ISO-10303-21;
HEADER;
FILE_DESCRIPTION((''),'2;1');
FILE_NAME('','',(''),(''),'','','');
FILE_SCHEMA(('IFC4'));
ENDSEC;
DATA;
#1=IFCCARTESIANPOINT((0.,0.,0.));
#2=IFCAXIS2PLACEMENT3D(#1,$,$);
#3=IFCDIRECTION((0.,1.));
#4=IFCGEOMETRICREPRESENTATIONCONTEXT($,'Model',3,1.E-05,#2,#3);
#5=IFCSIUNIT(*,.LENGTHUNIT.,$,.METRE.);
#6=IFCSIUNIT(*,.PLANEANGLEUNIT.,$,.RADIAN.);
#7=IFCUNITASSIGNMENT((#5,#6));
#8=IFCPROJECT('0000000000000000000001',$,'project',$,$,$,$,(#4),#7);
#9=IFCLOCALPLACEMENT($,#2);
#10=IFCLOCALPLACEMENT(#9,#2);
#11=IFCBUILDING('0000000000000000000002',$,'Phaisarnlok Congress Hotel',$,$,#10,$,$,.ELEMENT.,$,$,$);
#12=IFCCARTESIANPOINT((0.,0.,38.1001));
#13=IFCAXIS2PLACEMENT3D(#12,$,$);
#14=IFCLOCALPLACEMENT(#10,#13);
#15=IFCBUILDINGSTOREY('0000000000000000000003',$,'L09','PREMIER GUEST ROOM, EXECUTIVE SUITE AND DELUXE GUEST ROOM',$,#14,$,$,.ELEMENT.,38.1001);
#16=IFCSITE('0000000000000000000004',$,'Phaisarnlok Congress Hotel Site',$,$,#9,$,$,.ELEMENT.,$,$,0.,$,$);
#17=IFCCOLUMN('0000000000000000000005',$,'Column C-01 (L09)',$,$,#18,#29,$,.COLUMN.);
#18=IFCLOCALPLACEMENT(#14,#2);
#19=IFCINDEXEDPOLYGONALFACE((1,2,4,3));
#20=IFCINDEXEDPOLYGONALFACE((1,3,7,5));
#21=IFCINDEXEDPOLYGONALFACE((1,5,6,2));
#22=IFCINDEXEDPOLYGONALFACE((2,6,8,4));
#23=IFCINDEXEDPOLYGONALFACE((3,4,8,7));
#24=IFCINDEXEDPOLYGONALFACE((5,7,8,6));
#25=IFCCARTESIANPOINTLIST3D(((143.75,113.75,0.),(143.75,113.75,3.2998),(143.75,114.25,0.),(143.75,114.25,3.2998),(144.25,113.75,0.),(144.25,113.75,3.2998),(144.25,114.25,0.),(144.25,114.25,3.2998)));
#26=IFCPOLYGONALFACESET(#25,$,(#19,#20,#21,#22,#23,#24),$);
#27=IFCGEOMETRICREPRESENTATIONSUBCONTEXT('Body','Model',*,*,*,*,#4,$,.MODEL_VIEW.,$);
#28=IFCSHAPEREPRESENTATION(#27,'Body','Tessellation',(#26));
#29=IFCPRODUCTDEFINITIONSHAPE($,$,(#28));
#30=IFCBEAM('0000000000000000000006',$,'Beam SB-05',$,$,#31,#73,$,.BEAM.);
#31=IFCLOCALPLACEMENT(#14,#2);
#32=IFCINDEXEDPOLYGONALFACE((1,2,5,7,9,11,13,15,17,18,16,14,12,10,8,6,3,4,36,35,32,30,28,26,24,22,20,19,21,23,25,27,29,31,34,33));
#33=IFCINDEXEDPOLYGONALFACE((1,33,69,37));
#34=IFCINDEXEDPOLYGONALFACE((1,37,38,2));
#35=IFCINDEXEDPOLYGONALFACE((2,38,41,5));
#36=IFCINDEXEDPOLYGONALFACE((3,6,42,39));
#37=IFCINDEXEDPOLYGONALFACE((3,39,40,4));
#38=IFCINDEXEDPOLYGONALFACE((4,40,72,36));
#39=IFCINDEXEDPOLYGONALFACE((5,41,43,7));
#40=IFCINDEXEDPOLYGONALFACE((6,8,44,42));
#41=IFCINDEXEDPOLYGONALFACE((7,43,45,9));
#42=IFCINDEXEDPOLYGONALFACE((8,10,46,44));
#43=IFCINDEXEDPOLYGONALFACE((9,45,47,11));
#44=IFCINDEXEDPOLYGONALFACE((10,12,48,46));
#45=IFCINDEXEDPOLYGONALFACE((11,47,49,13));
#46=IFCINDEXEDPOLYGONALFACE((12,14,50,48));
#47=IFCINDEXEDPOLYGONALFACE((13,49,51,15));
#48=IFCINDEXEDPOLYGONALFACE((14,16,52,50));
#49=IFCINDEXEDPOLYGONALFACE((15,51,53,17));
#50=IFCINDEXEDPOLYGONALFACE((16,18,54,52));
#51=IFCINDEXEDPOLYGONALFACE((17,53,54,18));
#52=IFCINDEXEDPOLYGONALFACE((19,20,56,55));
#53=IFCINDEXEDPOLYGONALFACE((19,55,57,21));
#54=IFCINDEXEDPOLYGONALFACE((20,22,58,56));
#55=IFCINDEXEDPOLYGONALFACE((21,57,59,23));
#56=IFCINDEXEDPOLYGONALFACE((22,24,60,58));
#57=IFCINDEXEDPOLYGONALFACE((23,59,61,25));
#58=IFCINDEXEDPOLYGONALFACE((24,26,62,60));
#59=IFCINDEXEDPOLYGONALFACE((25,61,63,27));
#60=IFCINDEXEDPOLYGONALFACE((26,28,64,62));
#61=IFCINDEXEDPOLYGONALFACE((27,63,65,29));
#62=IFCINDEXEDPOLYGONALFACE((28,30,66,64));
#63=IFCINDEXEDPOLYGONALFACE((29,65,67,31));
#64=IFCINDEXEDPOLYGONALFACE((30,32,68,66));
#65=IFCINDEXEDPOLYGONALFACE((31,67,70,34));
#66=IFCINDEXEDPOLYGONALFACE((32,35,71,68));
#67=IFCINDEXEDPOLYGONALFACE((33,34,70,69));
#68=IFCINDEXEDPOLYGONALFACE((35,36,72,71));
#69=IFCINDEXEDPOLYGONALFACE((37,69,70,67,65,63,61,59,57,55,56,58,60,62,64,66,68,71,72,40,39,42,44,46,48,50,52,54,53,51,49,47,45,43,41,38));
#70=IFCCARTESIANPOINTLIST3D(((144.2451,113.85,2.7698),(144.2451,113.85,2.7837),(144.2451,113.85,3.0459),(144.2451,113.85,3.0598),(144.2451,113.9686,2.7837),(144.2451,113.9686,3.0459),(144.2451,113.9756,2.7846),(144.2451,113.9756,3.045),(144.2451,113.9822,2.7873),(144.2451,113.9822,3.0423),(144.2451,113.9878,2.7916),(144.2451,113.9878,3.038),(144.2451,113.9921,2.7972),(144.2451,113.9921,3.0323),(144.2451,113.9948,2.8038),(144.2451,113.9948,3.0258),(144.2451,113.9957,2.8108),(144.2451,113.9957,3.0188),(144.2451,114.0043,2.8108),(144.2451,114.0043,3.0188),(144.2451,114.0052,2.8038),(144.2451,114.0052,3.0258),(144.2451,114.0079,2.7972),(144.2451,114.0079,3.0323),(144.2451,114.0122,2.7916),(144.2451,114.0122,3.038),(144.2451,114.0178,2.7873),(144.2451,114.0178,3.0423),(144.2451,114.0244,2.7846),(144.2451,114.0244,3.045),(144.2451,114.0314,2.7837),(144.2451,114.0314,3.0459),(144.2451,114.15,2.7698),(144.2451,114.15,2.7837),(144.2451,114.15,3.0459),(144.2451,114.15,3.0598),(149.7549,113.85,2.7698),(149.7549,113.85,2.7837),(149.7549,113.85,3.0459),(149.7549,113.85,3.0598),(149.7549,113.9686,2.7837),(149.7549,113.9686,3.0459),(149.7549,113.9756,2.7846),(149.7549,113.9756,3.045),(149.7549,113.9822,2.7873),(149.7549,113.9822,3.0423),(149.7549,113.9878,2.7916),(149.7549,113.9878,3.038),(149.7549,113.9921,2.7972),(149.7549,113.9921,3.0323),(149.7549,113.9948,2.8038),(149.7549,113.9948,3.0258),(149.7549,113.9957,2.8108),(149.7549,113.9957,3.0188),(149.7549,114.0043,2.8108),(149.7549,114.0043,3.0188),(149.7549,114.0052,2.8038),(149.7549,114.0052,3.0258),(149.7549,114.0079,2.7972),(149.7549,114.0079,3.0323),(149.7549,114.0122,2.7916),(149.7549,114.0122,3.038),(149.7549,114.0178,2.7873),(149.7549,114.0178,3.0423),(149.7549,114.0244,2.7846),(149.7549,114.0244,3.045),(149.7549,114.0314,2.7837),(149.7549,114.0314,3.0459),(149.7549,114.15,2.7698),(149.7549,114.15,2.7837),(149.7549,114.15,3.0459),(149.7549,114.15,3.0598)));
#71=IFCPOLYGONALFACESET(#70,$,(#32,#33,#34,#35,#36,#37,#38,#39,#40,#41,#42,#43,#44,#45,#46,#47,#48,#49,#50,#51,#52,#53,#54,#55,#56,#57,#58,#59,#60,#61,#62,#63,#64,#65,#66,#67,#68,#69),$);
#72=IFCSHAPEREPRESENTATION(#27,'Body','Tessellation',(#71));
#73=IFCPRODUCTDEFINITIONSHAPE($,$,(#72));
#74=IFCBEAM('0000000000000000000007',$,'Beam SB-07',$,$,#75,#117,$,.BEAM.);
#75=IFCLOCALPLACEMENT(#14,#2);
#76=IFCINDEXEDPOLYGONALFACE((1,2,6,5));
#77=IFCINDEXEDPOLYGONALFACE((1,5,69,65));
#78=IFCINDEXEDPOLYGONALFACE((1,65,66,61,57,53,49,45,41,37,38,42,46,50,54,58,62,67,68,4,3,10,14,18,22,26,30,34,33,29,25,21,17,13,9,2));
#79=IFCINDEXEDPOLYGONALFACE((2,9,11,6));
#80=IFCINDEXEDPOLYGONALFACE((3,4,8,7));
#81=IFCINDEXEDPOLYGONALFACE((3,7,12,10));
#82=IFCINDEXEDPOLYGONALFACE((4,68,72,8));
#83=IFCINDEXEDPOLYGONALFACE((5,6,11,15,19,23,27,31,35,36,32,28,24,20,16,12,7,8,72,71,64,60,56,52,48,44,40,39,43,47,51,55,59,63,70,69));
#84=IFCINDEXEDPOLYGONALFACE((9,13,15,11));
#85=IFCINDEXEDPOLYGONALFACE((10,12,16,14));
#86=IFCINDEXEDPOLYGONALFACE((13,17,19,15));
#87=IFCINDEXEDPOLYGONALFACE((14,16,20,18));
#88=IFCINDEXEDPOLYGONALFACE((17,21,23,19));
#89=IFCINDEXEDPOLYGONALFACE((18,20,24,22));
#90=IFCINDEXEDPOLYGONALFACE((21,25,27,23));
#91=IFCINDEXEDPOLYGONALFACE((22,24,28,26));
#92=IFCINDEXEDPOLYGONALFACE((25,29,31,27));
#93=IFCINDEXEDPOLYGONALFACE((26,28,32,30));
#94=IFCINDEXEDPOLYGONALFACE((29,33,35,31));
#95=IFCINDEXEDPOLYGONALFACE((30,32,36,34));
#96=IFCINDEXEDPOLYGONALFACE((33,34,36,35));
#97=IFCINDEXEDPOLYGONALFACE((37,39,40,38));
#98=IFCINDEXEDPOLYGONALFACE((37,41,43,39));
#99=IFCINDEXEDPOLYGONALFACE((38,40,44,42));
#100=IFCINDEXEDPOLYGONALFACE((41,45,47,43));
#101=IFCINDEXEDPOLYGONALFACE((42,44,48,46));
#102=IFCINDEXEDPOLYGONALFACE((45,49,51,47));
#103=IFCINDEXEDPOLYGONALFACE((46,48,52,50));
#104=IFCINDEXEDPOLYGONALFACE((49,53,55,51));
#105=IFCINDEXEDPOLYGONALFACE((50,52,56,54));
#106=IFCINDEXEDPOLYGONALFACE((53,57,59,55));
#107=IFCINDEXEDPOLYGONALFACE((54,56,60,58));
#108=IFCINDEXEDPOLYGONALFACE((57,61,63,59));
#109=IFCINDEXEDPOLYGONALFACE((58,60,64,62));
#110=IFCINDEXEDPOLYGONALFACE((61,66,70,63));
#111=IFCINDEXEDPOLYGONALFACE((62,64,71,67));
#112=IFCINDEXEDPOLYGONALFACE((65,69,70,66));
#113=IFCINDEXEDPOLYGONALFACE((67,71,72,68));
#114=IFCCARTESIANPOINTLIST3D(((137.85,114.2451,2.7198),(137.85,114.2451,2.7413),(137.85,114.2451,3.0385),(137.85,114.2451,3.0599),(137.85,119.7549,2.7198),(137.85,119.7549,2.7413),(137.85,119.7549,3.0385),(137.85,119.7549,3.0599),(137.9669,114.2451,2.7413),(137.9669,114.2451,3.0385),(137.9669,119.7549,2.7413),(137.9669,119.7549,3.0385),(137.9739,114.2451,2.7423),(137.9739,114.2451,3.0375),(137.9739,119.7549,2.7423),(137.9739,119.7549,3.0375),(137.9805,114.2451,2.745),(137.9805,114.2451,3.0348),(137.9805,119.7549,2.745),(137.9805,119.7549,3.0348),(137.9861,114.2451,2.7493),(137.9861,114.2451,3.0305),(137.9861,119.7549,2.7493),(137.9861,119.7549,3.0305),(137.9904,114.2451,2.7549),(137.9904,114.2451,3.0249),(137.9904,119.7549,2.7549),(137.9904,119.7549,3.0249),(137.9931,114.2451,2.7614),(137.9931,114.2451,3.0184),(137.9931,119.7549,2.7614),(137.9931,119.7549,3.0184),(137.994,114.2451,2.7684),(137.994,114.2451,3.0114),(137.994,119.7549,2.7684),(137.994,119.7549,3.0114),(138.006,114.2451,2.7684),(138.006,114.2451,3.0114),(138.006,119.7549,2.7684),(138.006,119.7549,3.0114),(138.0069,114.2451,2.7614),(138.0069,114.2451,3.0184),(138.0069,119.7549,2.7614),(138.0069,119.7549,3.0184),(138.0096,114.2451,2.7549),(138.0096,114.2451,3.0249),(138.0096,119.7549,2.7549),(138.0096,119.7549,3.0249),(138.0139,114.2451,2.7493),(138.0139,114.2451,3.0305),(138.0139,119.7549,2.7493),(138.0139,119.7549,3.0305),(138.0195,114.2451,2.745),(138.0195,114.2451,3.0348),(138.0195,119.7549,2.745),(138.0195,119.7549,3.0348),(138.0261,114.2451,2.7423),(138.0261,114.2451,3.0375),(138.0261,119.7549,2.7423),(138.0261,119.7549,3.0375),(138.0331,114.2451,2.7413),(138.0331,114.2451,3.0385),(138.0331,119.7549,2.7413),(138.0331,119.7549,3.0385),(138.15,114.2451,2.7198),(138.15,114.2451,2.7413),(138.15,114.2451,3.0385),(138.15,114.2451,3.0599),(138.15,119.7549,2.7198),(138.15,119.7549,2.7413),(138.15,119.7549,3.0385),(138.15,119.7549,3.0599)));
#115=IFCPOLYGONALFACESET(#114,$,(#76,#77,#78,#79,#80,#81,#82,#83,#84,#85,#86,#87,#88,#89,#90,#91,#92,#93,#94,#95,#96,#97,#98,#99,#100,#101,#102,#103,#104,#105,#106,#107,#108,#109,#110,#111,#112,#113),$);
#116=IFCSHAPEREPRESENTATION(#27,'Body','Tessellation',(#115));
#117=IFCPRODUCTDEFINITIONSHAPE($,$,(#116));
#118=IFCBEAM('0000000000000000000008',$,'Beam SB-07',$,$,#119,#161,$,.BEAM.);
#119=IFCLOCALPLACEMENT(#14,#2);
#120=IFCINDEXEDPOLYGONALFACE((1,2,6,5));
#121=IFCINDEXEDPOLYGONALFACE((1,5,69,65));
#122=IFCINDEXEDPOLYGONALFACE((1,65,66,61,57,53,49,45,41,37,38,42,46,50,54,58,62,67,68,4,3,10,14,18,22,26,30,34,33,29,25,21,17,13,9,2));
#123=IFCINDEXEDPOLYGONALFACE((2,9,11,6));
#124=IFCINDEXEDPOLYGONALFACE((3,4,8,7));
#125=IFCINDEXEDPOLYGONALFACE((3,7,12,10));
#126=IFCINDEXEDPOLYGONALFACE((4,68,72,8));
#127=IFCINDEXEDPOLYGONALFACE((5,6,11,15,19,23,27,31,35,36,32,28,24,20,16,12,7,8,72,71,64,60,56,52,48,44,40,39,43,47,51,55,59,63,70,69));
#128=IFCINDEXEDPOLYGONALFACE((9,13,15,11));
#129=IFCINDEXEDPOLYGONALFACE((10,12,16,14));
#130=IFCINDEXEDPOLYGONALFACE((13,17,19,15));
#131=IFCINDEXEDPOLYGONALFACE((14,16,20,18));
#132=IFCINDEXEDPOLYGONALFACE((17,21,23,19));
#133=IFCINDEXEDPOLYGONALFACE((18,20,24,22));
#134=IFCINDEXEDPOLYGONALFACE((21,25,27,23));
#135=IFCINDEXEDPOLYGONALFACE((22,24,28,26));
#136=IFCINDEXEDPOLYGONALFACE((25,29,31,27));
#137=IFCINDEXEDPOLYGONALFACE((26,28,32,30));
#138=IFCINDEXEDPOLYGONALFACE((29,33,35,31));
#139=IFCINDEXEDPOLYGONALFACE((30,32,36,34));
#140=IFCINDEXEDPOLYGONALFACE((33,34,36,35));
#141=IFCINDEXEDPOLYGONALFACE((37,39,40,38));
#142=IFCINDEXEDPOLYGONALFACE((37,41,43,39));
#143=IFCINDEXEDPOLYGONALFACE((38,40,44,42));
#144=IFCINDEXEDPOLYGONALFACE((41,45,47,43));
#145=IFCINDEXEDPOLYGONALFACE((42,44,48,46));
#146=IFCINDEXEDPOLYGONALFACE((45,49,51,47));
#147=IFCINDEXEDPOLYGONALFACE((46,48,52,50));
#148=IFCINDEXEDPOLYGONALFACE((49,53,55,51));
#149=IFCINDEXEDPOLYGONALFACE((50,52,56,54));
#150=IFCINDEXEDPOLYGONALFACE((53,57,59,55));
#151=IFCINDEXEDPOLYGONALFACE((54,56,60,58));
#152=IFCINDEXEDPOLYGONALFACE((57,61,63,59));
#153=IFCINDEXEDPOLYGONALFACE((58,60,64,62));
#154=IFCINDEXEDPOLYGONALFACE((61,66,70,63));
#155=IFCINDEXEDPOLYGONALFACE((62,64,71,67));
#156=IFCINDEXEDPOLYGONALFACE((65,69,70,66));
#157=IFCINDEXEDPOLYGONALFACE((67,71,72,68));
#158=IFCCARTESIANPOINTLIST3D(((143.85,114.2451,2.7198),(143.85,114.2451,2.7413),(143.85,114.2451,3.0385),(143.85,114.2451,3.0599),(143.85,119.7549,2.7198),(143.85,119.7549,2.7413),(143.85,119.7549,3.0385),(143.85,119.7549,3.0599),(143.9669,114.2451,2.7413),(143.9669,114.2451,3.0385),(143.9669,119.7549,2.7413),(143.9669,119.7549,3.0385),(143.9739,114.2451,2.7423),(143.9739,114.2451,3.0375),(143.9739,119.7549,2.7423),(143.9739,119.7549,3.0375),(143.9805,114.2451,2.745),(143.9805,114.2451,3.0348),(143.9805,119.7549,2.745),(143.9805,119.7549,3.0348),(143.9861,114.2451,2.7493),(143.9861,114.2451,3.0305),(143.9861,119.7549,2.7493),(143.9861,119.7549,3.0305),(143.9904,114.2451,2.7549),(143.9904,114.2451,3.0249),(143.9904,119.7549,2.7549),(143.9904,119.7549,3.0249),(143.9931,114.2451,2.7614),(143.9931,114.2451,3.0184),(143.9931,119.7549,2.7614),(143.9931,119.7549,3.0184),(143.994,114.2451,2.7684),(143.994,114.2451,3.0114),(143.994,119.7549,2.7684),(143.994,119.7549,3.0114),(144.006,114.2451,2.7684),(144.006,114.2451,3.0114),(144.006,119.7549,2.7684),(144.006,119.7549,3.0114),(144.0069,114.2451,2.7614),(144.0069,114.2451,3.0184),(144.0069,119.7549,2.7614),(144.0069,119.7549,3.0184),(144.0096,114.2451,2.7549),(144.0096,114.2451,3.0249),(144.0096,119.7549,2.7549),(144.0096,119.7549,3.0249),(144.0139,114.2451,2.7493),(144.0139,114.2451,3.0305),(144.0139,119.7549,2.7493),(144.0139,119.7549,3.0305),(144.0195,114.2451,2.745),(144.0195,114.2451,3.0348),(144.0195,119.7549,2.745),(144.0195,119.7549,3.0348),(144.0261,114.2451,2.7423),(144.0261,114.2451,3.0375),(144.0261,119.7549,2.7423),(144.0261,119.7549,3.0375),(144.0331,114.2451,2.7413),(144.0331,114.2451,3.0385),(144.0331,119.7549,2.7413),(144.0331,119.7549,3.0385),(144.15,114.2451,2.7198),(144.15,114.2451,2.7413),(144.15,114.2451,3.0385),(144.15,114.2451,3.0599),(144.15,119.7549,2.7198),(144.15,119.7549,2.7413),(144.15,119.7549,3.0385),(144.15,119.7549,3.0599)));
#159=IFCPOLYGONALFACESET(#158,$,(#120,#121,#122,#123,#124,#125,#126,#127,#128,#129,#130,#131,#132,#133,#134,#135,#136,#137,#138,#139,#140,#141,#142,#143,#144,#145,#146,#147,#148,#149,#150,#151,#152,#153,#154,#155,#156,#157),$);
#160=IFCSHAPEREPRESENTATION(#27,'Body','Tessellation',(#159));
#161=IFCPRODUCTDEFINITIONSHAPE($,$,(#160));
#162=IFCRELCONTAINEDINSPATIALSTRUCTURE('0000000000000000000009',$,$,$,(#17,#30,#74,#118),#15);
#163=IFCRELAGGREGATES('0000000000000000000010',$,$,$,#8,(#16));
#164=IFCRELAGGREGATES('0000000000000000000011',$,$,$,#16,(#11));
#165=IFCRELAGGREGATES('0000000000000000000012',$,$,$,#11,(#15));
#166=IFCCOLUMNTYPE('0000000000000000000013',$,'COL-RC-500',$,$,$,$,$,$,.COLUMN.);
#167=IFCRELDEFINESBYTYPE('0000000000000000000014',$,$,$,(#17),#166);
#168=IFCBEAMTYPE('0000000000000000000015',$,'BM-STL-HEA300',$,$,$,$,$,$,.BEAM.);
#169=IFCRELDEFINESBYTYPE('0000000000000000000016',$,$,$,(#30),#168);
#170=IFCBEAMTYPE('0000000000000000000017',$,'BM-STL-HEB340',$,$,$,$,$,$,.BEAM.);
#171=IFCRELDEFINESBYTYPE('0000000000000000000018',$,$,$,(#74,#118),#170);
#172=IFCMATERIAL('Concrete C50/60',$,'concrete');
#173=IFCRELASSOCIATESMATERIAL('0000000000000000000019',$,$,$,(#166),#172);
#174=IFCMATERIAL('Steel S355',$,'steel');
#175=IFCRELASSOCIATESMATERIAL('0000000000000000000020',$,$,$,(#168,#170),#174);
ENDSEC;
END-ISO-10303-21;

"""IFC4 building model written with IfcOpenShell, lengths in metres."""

from ifc_helpers import new_model, si_unit, direction, frame, origin, origin_2d, place, context, subcontext, project, spatial, rectangle, i_section, extrude, material, material_profile, profile_set, type_object, element, save


model = new_model("IFC4")

# Units and contexts
model_context = context("Model", 3, precision=1e-05, world=origin(), true_north=direction((0.0, 1.0)))
body_context = subcontext(model_context, "Body", "Model", "MODEL_VIEW")
ifc_project = project(units=[si_unit("LENGTHUNIT", "METRE"), si_unit("PLANEANGLEUNIT", "RADIAN")], contexts=[model_context])

# Site, building, storey
site_placement = place(None, origin())
site = spatial("IfcSite", under=ifc_project, at=site_placement, Name="Phaisarnlok Congress Hotel Site", CompositionType="ELEMENT", RefElevation=0.0)
building_placement = place(site_placement, origin())
building = spatial("IfcBuilding", under=site, at=building_placement, Name="Phaisarnlok Congress Hotel", CompositionType="ELEMENT")
storey_placement = place(building_placement, frame((0.0, 0.0, 38.1001)))
storey = spatial("IfcBuildingStorey", under=building, at=storey_placement, Name="L09", Description="PREMIER GUEST ROOM, EXECUTIVE SUITE AND DELUXE GUEST ROOM", CompositionType="ELEMENT", Elevation=38.1001)

# Column
ifc_material_1 = material(Name="Concrete C50/60", Category="concrete")
ifc_material_profile_1 = material_profile(ifc_material_1, rectangle(XDim=0.5, YDim=0.5, at=origin_2d()), Name="RC 500x500")
ifc_profile_set_1 = profile_set([ifc_material_profile_1], Name="Concrete C50/60")
column_type = type_object("IfcColumnType", Name="COL-RC-500", PredefinedType="COLUMN", material=ifc_profile_set_1)
column_placement = place(storey_placement, frame((144.0, 114.0, 0.0), z_axis=(0.0, 0.0, 1.0), x_axis=(1.0, 0.0, 0.0)))
element("IfcColumn", 1, at=column_placement, inside=storey, type_object=column_type, Name="Column C-01 (L09)", PredefinedType="COLUMN", context=body_context, shape_type="SweptSolid", body=[
    extrude(rectangle(XDim=0.5, YDim=0.5, at=origin_2d()), origin(), (0.0, 0.0, 1.0), 3.2998),
])

# Beams
ifc_material_2 = material(Name="Steel S355", Category="steel")
ifc_material_profile_2 = material_profile(ifc_material_2, i_section(OverallWidth=0.3, OverallDepth=0.29, WebThickness=0.0085, FlangeThickness=0.0139, FilletRadius=0.0271, at=origin_2d()), Name="HEA 300")
ifc_profile_set_2 = profile_set([ifc_material_profile_2], Name="Steel S355")
beam_type_1 = type_object("IfcBeamType", Name="BM-STL-HEA300", PredefinedType="BEAM", material=ifc_profile_set_2)
beam_1_placement = place(storey_placement, frame((144.2451, 114.0, 2.9148), z_axis=(1.0, 0.0, 0.0), x_axis=(0.0, 1.0, 0.0)))
element("IfcBeam", 2, at=beam_1_placement, inside=storey, type_object=beam_type_1, Name="Beam SB-05", PredefinedType="BEAM", context=body_context, shape_type="SweptSolid", body=[
    extrude(i_section(OverallWidth=0.3, OverallDepth=0.29, WebThickness=0.0085, FlangeThickness=0.0139, FilletRadius=0.0271, at=origin_2d()), origin(), (0.0, 0.0, 1.0), 5.5098),
])
ifc_material_profile_3 = material_profile(ifc_material_2, i_section(OverallWidth=0.3, OverallDepth=0.3401, WebThickness=0.012, FlangeThickness=0.0215, FilletRadius=0.0271, at=origin_2d()), Name="HEB 340")
ifc_profile_set_3 = profile_set([ifc_material_profile_3], Name="Steel S355")
beam_type_2 = type_object("IfcBeamType", Name="BM-STL-HEB340", PredefinedType="BEAM", material=ifc_profile_set_3)
for number, where, z_axis, x_axis, name in (
    (3, (138.0, 114.2451, 2.8899), (0.0, 1.0, 0.0), (-1.0, 0.0, 0.0), "Beam SB-07"),
    (4, (144.0, 114.2451, 2.8899), (0.0, 1.0, 0.0), (-1.0, 0.0, 0.0), "Beam SB-07"),
):
    element("IfcBeam", number, at=place(storey_placement, frame(where, z_axis=z_axis, x_axis=x_axis)), inside=storey, type_object=beam_type_2, Name=name, PredefinedType="BEAM", context=body_context, shape_type="SweptSolid", body=[
        extrude(i_section(OverallWidth=0.3, OverallDepth=0.3401, WebThickness=0.012, FlangeThickness=0.0215, FilletRadius=0.0271, at=origin_2d()), origin(), (0.0, 0.0, 1.0), 5.5098),
    ])

save(model, "model.ifc")
